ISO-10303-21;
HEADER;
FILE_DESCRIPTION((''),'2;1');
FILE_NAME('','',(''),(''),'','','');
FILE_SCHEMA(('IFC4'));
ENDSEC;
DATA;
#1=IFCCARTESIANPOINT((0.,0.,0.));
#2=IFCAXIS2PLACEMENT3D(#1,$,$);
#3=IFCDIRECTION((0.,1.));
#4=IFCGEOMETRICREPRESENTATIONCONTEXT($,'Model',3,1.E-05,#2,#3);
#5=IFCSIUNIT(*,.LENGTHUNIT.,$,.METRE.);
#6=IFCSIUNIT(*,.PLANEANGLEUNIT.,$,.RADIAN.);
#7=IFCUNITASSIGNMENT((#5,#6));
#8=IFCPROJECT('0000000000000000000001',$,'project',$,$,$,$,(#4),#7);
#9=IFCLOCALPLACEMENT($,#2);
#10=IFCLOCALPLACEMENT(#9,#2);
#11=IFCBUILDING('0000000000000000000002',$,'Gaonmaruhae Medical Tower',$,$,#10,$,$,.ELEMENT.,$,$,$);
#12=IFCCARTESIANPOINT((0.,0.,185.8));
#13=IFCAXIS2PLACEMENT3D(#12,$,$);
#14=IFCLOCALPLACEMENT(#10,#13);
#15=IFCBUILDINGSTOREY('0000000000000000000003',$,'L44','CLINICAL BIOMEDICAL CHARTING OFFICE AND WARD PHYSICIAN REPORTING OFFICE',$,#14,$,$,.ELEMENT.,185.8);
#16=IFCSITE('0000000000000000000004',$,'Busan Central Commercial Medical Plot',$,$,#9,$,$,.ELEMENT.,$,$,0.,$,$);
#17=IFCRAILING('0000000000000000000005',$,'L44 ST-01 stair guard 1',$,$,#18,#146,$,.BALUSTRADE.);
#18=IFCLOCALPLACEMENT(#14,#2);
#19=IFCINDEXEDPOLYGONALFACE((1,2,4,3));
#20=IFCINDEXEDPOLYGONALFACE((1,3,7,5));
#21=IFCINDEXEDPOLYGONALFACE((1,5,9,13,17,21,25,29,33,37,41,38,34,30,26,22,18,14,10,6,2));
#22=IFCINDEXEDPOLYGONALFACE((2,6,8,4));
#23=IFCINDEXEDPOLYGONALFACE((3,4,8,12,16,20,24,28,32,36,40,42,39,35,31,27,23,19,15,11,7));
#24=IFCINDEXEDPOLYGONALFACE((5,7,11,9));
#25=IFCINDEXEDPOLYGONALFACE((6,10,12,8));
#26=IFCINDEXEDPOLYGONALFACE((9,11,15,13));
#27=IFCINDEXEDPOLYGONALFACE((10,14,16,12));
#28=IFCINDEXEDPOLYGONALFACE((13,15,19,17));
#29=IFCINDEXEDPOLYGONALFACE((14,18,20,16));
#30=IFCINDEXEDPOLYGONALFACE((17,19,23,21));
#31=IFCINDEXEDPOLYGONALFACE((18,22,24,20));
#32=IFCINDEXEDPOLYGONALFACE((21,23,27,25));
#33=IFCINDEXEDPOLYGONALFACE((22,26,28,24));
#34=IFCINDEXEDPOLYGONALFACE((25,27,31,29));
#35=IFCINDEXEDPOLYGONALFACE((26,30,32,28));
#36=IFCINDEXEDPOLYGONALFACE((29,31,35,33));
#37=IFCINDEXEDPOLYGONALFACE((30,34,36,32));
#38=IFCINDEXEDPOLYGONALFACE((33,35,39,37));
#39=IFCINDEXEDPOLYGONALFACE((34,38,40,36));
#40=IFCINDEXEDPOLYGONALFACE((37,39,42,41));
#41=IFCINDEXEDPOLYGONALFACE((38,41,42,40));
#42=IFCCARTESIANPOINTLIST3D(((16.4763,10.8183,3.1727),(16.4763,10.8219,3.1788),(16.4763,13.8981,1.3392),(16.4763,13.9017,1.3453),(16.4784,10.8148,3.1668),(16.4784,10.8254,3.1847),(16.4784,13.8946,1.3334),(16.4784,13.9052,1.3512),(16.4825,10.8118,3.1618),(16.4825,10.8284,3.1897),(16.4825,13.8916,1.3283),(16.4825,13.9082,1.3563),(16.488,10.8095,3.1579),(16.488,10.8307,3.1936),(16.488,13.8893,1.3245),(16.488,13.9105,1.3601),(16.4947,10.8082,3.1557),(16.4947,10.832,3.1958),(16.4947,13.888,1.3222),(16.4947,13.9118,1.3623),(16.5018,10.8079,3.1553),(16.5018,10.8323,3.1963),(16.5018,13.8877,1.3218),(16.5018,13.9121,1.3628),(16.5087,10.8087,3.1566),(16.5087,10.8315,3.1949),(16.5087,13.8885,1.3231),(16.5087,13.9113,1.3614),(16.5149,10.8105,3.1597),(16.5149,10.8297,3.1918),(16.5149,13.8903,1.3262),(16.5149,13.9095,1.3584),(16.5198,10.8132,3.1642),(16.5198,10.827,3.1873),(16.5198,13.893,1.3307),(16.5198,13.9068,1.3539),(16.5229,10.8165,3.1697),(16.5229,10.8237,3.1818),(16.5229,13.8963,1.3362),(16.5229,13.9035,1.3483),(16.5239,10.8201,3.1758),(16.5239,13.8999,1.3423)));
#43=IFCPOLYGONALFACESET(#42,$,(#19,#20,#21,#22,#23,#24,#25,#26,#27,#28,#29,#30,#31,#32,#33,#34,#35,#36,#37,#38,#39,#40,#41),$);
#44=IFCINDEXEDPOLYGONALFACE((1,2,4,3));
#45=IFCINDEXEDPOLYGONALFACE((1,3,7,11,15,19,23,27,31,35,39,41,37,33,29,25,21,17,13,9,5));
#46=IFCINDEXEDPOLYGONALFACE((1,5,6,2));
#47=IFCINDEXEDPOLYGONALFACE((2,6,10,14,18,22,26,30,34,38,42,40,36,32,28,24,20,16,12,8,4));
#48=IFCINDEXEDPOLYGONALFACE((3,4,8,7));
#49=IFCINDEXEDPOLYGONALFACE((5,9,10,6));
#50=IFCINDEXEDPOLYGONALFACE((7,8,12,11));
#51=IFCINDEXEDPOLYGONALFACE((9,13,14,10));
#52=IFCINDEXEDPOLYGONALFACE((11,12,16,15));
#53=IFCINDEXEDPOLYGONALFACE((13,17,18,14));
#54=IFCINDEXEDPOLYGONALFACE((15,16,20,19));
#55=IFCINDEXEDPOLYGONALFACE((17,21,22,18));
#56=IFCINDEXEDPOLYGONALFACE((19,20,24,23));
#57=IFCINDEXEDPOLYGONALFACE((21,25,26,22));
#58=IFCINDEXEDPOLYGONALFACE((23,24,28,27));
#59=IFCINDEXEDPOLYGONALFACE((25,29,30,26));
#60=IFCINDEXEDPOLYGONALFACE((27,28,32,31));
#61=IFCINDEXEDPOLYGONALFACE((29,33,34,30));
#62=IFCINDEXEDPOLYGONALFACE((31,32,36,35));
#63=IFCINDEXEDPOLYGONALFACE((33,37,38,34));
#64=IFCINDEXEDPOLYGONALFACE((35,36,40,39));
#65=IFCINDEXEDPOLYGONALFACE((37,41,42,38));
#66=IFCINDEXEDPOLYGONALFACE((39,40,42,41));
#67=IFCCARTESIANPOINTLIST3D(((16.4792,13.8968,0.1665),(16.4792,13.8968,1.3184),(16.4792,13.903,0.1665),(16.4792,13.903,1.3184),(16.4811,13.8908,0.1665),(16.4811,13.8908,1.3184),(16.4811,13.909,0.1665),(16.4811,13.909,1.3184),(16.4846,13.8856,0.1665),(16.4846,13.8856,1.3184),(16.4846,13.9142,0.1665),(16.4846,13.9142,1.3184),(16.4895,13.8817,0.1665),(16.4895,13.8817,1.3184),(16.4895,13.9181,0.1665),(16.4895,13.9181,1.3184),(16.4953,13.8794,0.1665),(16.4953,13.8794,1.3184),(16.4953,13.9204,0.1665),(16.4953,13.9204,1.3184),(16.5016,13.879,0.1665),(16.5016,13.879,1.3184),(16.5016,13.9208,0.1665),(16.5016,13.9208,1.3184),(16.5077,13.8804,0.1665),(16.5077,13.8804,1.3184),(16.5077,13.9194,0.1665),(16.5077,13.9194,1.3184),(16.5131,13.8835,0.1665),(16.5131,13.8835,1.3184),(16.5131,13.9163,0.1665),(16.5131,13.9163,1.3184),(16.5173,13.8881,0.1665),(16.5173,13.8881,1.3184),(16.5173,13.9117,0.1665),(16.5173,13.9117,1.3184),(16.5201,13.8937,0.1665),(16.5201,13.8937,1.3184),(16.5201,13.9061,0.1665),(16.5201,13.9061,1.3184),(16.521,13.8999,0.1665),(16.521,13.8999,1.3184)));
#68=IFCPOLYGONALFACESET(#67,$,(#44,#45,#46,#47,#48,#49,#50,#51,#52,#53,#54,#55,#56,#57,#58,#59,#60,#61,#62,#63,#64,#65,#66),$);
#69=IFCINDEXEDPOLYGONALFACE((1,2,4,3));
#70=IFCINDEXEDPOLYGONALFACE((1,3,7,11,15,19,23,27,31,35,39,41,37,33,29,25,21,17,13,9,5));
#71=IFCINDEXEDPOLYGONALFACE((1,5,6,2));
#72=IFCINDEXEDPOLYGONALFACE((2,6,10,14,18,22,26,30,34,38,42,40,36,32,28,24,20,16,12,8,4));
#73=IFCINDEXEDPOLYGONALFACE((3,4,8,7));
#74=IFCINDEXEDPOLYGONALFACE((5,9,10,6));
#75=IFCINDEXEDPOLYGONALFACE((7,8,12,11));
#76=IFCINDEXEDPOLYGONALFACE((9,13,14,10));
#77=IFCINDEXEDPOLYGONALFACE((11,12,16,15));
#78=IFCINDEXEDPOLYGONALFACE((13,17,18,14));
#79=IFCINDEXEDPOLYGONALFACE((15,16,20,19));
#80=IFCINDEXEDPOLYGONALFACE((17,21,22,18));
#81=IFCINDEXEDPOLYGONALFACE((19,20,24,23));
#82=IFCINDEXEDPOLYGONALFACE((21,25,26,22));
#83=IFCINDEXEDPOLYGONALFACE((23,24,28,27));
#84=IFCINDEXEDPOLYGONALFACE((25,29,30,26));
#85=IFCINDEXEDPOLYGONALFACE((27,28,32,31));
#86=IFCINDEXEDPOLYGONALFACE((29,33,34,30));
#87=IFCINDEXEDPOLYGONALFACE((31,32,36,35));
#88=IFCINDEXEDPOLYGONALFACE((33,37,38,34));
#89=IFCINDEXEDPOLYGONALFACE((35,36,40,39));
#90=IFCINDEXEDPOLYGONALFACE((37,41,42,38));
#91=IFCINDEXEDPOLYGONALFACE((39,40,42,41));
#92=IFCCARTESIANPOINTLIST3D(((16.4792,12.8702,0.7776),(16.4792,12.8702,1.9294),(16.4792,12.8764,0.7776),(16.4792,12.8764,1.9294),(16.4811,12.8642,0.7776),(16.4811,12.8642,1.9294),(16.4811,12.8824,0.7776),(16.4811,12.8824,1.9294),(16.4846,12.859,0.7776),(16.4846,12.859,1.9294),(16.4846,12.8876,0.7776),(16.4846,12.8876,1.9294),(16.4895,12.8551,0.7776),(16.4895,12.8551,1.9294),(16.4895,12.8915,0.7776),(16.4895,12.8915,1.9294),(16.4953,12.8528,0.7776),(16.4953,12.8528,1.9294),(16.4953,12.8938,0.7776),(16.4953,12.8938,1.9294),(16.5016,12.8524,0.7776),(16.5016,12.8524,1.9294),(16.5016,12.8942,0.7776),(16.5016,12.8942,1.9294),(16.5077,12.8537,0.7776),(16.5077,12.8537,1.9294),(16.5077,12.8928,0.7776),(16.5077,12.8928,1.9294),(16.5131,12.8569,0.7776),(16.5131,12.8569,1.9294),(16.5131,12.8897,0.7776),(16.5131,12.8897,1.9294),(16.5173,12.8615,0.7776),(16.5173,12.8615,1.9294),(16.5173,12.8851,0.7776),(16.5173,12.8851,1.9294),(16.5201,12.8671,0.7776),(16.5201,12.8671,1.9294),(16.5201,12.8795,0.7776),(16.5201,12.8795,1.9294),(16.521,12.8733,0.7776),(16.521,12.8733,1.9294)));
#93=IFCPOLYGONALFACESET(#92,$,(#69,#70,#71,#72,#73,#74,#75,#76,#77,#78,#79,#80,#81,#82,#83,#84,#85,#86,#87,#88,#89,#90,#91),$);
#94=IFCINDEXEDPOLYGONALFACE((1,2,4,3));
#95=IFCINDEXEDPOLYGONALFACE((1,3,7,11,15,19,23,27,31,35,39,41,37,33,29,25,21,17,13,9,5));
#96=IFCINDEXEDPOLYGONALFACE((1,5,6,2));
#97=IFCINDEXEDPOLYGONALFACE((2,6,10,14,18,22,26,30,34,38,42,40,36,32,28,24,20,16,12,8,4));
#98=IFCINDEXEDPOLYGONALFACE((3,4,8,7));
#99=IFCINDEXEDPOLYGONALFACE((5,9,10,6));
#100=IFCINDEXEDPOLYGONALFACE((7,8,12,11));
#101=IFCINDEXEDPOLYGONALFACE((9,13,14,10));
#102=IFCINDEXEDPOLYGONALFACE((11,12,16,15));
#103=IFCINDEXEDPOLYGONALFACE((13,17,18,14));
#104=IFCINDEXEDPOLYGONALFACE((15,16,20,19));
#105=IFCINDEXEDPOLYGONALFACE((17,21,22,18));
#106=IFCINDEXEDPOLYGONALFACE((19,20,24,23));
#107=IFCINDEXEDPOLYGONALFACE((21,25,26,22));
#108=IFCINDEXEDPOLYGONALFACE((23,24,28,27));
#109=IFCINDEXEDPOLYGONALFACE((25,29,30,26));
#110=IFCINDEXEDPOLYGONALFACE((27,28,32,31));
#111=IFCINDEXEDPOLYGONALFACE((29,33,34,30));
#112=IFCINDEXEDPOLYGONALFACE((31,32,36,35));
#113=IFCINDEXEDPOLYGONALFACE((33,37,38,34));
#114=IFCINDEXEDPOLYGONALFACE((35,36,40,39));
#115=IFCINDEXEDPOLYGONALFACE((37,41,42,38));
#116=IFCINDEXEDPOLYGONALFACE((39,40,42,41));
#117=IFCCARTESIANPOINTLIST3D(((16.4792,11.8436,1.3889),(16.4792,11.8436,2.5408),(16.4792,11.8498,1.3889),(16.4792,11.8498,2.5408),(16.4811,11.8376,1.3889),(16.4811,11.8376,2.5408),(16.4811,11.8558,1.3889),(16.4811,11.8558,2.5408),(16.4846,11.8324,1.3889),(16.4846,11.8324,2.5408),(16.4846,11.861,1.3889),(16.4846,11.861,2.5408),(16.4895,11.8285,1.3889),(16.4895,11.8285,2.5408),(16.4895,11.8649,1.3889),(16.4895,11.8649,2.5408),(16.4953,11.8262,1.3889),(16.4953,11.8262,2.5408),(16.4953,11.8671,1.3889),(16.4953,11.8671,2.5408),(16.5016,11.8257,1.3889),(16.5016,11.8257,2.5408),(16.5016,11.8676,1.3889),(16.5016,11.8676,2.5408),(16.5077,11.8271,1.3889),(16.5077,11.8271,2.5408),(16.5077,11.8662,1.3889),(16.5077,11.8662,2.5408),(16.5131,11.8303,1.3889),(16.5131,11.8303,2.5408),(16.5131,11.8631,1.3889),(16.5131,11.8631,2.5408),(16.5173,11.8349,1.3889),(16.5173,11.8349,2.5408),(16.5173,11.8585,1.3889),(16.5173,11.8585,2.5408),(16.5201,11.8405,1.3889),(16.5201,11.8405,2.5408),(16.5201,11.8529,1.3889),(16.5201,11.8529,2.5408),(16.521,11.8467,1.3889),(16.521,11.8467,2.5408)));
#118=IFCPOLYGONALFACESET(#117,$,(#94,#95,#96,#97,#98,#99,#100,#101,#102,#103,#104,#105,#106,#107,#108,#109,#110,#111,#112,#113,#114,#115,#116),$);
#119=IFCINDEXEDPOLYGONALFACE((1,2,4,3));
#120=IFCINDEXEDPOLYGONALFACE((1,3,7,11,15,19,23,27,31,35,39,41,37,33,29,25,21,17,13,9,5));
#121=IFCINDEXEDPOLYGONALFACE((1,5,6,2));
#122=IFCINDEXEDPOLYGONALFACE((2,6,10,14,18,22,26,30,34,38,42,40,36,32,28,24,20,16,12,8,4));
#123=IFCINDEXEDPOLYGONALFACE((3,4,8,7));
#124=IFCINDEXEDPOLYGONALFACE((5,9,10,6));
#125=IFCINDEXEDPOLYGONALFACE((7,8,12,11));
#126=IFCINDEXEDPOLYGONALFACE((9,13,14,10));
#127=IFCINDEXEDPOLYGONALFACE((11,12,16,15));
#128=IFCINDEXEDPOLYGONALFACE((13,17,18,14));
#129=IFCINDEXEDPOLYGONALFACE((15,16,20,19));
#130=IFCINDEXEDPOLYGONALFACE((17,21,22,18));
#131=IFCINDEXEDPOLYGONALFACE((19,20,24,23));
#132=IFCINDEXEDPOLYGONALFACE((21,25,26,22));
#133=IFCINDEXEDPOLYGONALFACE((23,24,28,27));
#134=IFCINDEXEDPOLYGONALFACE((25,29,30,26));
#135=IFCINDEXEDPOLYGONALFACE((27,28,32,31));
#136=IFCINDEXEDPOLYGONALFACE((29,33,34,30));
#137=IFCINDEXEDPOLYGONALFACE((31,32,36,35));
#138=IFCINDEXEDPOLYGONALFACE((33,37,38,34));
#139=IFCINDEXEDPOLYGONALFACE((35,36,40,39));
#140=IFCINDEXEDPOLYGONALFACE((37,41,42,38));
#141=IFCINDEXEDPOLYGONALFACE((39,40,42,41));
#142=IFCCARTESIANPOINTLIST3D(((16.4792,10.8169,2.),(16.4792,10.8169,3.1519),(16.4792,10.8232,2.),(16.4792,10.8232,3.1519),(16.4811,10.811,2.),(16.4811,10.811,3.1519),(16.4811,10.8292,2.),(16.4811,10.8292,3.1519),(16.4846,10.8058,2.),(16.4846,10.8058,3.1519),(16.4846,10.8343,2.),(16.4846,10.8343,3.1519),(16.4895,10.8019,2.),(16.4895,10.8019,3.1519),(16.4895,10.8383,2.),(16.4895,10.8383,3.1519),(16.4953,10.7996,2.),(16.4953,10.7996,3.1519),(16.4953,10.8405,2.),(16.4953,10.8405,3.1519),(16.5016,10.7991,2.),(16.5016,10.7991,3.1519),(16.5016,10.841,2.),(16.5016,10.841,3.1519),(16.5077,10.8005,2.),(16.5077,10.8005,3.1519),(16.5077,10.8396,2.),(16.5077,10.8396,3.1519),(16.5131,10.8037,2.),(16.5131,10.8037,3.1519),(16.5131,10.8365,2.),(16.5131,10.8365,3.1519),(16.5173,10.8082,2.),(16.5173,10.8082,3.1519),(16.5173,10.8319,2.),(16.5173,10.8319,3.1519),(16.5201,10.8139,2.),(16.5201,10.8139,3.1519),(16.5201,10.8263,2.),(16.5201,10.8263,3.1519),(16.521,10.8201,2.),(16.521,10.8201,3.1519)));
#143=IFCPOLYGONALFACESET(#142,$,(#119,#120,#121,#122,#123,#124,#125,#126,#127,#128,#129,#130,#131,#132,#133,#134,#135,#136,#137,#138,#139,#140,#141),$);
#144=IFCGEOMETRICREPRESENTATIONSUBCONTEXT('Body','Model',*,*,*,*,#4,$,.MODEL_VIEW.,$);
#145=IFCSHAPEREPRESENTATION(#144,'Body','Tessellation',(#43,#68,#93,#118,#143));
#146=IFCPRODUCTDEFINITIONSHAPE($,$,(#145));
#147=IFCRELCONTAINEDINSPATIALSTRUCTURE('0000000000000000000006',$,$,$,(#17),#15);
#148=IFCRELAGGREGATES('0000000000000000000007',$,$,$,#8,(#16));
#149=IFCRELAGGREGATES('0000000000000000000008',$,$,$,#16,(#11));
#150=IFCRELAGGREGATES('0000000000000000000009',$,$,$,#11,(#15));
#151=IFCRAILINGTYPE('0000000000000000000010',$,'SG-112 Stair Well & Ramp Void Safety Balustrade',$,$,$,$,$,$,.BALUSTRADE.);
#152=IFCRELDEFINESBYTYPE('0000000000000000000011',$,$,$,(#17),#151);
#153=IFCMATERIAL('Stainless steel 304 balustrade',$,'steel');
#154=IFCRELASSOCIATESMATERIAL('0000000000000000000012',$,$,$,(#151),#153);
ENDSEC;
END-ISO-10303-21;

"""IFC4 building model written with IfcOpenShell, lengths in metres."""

from ifc_helpers import new_model, si_unit, direction, frame, origin, origin_2d, place, context, subcontext, project, spatial, circle, extrude, material, type_object, element, save


model = new_model("IFC4")

# Units and contexts
model_context = context("Model", 3, precision=1e-05, world=origin(), true_north=direction((0.0, 1.0)))
body_context = subcontext(model_context, "Body", "Model", "MODEL_VIEW")
ifc_project = project(units=[si_unit("LENGTHUNIT", "METRE"), si_unit("PLANEANGLEUNIT", "RADIAN")], contexts=[model_context])

# Site, building, storey
site_placement = place(None, origin())
site = spatial("IfcSite", under=ifc_project, at=site_placement, Name="Busan Central Commercial Medical Plot", CompositionType="ELEMENT", RefElevation=0.0)
building_placement = place(site_placement, origin())
building = spatial("IfcBuilding", under=site, at=building_placement, Name="Gaonmaruhae Medical Tower", CompositionType="ELEMENT")
storey_placement = place(building_placement, frame((0.0, 0.0, 185.8)))
storey = spatial("IfcBuildingStorey", under=building, at=storey_placement, Name="L44", Description="CLINICAL BIOMEDICAL CHARTING OFFICE AND WARD PHYSICIAN REPORTING OFFICE", CompositionType="ELEMENT", Elevation=185.8)

# Railing
ifc_material_1 = material(Name="Stainless steel 304 balustrade", Category="steel")
railing_type_1 = type_object("IfcRailingType", Name="SG-112 Stair Well & Ramp Void Safety Balustrade", PredefinedType="BALUSTRADE", material=ifc_material_1)
railing_1_placement = place(storey_placement, frame((16.5, 13.8999, 0.1665)))
element("IfcRailing", 1, at=railing_1_placement, inside=storey, type_object=railing_type_1, Name="L44 ST-01 stair guard 1", PredefinedType="BALUSTRADE", context=body_context, shape_type="SweptSolid", body=[
    extrude(circle(Radius=0.0239, at=origin_2d()), frame((0.0, 0.0, 1.1758), z_axis=(0.0, -0.859261, 0.511538), x_axis=(1.0, 0.0, 0.0)), (0.0, 0.0, 1.0), 3.5842),
    extrude(circle(Radius=0.021, at=origin_2d()), origin(), (0.0, 0.0, 1.0), 1.1519),
    extrude(circle(Radius=0.021, at=origin_2d()), frame((0.0, -1.0266, 0.6111)), (0.0, 0.0, 1.0), 1.1519),
    extrude(circle(Radius=0.021, at=origin_2d()), frame((0.0, -2.0532, 1.2224)), (0.0, 0.0, 1.0), 1.1519),
    extrude(circle(Radius=0.021, at=origin_2d()), frame((0.0, -3.0798, 1.8335)), (0.0, 0.0, 1.0), 1.1519),
])

save(model, "model.ifc")
